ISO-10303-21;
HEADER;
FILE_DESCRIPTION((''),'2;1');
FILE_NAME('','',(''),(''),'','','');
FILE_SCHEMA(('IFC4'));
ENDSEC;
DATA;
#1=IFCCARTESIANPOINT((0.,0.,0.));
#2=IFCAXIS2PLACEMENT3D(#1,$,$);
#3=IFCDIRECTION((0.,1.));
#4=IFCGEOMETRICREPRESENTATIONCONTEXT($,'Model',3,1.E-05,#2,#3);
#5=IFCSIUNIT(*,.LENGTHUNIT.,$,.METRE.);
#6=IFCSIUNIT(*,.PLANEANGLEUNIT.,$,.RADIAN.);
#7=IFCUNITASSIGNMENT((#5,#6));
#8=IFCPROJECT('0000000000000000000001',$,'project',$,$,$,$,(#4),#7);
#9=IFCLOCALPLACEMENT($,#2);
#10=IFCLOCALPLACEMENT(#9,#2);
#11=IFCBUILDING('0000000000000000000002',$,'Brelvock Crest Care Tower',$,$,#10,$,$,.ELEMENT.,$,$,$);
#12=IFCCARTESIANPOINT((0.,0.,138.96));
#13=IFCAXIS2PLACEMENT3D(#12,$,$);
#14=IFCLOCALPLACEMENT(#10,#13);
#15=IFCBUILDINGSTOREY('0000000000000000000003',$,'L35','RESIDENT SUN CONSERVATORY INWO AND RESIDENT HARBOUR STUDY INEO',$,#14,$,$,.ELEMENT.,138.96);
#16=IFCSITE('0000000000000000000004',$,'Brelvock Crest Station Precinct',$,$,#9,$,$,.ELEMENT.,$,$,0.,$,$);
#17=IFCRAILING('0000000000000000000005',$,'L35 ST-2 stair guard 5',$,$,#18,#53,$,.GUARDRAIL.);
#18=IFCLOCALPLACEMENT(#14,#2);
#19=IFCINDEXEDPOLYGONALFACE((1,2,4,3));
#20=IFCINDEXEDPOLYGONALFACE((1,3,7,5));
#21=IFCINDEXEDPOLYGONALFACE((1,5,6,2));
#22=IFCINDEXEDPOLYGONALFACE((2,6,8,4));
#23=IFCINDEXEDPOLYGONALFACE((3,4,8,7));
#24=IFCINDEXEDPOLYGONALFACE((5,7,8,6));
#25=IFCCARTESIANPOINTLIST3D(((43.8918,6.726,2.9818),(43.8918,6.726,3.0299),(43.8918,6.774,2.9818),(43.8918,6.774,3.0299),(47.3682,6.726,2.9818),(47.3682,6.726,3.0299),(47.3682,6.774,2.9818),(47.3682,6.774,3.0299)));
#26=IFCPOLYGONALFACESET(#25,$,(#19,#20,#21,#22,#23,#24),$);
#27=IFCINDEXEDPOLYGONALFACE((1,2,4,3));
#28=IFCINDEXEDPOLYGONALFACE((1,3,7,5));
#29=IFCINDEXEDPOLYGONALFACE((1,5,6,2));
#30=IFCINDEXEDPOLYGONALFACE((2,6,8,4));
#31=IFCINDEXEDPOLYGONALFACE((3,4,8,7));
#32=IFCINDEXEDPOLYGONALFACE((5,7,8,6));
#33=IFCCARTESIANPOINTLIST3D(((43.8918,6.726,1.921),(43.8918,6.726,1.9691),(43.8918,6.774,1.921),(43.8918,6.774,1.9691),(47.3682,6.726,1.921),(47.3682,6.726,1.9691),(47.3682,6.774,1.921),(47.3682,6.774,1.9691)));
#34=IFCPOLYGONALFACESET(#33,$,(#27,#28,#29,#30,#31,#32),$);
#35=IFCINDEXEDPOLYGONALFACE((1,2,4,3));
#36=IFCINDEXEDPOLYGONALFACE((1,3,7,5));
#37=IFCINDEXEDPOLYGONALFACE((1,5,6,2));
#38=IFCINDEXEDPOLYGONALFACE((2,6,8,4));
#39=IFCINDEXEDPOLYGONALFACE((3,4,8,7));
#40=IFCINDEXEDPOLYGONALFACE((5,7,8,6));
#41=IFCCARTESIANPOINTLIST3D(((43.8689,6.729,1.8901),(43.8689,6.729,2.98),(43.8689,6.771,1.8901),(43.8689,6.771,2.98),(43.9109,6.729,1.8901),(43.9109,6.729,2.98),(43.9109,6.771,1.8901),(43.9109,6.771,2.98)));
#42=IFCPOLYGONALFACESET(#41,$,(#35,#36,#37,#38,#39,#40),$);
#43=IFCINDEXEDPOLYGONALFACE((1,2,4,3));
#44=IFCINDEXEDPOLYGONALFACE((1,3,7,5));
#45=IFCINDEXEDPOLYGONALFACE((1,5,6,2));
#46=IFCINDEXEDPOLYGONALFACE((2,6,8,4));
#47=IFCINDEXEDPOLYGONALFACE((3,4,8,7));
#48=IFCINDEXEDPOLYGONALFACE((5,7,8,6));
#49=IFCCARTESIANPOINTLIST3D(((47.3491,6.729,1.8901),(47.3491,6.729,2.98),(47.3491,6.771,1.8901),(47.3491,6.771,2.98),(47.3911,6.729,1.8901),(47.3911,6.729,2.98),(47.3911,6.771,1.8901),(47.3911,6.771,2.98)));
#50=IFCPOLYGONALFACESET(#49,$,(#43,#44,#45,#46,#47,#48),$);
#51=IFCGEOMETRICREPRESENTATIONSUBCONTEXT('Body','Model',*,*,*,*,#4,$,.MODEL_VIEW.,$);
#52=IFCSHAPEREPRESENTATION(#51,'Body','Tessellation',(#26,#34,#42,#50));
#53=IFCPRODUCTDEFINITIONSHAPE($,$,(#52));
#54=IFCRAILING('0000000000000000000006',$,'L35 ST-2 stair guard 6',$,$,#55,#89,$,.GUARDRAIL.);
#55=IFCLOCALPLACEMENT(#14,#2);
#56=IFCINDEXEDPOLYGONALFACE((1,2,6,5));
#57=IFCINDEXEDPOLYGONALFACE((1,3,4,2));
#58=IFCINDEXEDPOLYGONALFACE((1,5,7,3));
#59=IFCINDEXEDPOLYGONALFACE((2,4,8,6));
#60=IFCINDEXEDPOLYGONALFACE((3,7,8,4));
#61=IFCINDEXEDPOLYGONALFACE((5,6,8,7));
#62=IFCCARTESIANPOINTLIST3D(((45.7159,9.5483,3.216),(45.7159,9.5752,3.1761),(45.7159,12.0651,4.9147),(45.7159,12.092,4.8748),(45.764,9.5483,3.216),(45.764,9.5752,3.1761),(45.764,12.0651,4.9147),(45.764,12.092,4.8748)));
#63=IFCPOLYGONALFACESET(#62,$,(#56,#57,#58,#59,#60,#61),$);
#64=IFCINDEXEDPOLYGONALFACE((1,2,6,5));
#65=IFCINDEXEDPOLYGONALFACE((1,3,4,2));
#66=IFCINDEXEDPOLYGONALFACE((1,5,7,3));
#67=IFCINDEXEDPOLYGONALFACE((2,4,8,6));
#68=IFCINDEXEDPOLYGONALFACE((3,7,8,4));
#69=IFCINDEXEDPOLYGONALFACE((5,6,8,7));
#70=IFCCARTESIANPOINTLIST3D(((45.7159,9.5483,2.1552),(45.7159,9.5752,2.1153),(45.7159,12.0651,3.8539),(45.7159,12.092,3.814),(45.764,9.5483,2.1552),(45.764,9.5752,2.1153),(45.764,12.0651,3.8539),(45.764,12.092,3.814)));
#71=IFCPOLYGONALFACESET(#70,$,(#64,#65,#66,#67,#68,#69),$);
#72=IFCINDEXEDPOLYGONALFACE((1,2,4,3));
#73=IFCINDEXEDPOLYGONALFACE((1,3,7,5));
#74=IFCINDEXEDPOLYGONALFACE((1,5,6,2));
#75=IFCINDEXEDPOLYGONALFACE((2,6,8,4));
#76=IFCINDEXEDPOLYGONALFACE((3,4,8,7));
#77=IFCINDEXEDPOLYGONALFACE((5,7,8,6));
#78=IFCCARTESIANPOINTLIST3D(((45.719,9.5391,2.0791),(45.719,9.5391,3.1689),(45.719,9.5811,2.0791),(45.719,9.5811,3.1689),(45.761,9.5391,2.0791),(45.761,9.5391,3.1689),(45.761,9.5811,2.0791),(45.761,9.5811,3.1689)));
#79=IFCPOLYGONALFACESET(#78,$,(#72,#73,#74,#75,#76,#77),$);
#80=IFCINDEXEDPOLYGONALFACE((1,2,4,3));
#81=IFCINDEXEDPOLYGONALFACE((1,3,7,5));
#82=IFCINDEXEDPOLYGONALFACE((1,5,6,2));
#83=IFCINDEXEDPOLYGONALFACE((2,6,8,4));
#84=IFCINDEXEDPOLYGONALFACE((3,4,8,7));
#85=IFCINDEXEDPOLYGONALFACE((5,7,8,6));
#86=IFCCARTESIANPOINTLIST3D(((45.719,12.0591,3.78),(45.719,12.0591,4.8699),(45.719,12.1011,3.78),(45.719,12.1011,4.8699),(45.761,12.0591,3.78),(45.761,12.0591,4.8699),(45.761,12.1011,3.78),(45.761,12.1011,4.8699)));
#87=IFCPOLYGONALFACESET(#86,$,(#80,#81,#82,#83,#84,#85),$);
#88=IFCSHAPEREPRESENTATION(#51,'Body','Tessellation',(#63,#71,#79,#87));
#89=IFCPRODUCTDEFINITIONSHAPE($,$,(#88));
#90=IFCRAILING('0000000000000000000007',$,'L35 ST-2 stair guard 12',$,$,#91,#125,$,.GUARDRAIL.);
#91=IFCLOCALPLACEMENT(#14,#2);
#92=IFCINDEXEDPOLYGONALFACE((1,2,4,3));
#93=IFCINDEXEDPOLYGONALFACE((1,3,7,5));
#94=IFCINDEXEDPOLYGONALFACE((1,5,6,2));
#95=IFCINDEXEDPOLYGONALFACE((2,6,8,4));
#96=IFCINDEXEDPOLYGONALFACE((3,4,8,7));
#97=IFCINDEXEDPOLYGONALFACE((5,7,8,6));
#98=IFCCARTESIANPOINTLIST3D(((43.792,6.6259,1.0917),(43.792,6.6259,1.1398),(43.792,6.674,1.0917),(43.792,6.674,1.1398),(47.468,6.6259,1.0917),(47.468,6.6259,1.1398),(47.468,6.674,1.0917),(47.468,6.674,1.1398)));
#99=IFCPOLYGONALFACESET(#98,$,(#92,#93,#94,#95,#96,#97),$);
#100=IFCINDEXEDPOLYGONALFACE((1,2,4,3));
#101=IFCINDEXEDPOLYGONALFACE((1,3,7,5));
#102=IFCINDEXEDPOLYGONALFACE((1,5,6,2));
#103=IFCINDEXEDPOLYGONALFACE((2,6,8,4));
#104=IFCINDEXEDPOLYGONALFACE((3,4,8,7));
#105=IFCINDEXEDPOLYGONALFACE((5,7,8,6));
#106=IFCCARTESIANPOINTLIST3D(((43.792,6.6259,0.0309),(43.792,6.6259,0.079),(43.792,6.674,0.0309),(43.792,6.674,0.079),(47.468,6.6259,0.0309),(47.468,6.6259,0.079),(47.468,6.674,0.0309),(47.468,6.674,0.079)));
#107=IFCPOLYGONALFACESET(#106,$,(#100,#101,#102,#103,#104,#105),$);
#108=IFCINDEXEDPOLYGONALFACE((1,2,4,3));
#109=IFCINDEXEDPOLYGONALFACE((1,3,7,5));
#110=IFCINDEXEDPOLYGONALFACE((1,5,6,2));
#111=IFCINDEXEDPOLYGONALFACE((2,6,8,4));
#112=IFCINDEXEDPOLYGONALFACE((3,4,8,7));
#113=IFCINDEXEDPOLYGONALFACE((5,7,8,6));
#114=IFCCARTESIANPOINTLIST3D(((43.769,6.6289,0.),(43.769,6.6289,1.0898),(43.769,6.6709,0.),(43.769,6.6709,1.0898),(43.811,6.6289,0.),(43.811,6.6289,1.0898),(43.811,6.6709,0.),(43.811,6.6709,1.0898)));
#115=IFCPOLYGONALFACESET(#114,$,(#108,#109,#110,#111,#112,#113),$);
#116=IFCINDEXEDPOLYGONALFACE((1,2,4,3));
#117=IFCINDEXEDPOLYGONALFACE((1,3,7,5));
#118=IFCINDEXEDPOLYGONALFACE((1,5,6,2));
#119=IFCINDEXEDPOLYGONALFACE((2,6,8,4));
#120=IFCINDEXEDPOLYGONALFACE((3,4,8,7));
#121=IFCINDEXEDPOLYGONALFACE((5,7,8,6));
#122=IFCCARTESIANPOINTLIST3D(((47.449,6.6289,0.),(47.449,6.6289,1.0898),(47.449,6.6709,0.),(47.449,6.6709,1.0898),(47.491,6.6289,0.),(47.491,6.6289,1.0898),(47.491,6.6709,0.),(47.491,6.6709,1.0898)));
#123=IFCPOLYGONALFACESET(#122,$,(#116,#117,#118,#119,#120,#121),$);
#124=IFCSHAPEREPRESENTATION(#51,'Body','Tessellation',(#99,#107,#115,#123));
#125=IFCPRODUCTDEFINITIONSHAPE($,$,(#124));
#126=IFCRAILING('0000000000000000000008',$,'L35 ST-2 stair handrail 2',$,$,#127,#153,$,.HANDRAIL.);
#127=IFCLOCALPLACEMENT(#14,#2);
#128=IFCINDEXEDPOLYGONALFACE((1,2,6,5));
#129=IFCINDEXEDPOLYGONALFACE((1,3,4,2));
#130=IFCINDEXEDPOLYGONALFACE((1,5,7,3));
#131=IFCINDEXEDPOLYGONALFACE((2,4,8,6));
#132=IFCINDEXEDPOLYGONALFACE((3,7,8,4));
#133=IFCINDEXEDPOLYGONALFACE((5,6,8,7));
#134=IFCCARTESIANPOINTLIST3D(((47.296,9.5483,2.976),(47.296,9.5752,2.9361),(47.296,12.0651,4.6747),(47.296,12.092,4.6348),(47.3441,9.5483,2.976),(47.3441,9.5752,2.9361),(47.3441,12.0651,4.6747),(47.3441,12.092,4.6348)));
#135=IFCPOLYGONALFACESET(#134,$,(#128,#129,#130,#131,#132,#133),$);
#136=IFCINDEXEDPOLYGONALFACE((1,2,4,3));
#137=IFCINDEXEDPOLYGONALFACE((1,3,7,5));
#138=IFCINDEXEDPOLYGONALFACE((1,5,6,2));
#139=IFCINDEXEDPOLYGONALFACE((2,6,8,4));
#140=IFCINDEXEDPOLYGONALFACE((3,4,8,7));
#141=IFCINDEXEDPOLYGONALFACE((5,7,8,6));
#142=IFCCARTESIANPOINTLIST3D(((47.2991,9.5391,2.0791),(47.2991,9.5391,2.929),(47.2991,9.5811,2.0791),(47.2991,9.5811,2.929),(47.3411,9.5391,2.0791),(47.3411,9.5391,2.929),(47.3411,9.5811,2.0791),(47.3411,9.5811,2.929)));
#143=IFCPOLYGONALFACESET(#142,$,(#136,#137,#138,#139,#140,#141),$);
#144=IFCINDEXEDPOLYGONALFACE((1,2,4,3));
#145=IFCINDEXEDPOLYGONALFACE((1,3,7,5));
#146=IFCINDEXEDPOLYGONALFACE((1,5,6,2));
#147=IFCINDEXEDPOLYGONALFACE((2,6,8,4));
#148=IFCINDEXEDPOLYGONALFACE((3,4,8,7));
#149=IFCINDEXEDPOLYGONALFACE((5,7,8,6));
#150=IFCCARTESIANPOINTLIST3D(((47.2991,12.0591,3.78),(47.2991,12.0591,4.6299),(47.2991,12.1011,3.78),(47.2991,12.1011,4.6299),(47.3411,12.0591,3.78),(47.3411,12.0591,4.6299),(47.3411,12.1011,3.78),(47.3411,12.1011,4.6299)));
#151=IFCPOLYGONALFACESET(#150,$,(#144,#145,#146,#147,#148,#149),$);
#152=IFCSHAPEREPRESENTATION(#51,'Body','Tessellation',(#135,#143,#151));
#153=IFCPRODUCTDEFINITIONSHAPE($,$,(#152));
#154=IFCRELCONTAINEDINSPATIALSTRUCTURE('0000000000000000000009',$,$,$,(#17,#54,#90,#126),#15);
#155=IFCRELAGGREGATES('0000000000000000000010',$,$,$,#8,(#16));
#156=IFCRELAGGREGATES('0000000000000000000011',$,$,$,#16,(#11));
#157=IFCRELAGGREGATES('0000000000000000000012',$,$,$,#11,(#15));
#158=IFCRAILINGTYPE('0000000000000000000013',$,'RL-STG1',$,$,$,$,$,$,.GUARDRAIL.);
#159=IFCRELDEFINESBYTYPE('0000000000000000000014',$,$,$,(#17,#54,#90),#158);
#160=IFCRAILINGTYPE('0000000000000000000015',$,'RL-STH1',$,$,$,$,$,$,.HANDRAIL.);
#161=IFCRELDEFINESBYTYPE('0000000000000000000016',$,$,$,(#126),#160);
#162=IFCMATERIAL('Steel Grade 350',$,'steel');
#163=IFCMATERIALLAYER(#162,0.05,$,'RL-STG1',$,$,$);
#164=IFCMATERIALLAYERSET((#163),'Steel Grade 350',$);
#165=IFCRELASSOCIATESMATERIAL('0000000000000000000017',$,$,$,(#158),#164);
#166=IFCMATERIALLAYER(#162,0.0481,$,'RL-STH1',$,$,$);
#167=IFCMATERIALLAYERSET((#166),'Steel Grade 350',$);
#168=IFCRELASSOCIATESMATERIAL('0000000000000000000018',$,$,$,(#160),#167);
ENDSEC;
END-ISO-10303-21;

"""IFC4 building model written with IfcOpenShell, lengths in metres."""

from ifc_helpers import new_model, si_unit, direction, frame, origin, origin_2d, place, context, subcontext, project, spatial, rectangle, extrude, material, layer, layer_set, type_object, element, save


model = new_model("IFC4")

# Units and contexts
model_context = context("Model", 3, precision=1e-05, world=origin(), true_north=direction((0.0, 1.0)))
body_context = subcontext(model_context, "Body", "Model", "MODEL_VIEW")
ifc_project = project(units=[si_unit("LENGTHUNIT", "METRE"), si_unit("PLANEANGLEUNIT", "RADIAN")], contexts=[model_context])

# Site, building, storey
site_placement = place(None, origin())
site = spatial("IfcSite", under=ifc_project, at=site_placement, Name="Brelvock Crest Station Precinct", CompositionType="ELEMENT", RefElevation=0.0)
building_placement = place(site_placement, origin())
building = spatial("IfcBuilding", under=site, at=building_placement, Name="Brelvock Crest Care Tower", CompositionType="ELEMENT")
storey_placement = place(building_placement, frame((0.0, 0.0, 138.96)))
storey = spatial("IfcBuildingStorey", under=building, at=storey_placement, Name="L35", Description="RESIDENT SUN CONSERVATORY INWO AND RESIDENT HARBOUR STUDY INEO", CompositionType="ELEMENT", Elevation=138.96)

# Shared definitions
ifc_material_1 = material(Name="Steel Grade 350", Category="steel")

# Railings
ifc_layer_1 = layer(ifc_material_1, 0.05, Name="RL-STG1")
ifc_layer_set_1 = layer_set([ifc_layer_1], Name="Steel Grade 350")
railing_type_1 = type_object("IfcRailingType", Name="RL-STG1", PredefinedType="GUARDRAIL", material=ifc_layer_set_1)
railing_1_placement = place(storey_placement, frame((43.8899, 6.75, 1.8901)))
element("IfcRailing", 1, at=railing_1_placement, inside=storey, type_object=railing_type_1, Name="L35 ST-2 stair guard 5", PredefinedType="GUARDRAIL", context=body_context, shape_type="SweptSolid", body=[
    extrude(rectangle(XDim=0.0481, YDim=0.0481, at=origin_2d()), frame((0.002, 0.0, 1.1157), z_axis=(1.0, 0.0, 0.0), x_axis=(0.0, 1.0, 0.0)), (0.0, 0.0, 1.0), 3.4763),
    extrude(rectangle(XDim=0.0481, YDim=0.0481, at=origin_2d()), frame((0.002, 0.0, 0.0549), z_axis=(1.0, 0.0, 0.0), x_axis=(0.0, 1.0, 0.0)), (0.0, 0.0, 1.0), 3.4763),
    extrude(rectangle(XDim=0.042, YDim=0.042, at=origin_2d()), origin(), (0.0, 0.0, 1.0), 1.0898),
    extrude(rectangle(XDim=0.042, YDim=0.042, at=origin_2d()), frame((3.4802, 0.0, 0.0)), (0.0, 0.0, 1.0), 1.0898),
])
railing_2_placement = place(storey_placement, frame((45.74, 9.5601, 2.0791)))
element("IfcRailing", 2, at=railing_2_placement, inside=storey, type_object=railing_type_1, Name="L35 ST-2 stair guard 6", PredefinedType="GUARDRAIL", context=body_context, shape_type="SweptSolid", body=[
    extrude(rectangle(XDim=0.0481, YDim=0.0481, at=origin_2d()), frame((0.0, 0.0017, 1.1169), z_axis=(0.0, 0.828862, 0.559454), x_axis=(-1.0, 0.0, 0.0)), (0.0, 0.0, 1.0), 3.0364),
    extrude(rectangle(XDim=0.0481, YDim=0.0481, at=origin_2d()), frame((0.0, 0.0017, 0.0562), z_axis=(0.0, 0.828862, 0.559454), x_axis=(-1.0, 0.0, 0.0)), (0.0, 0.0, 1.0), 3.0364),
    extrude(rectangle(XDim=0.042, YDim=0.042, at=origin_2d()), origin(), (0.0, 0.0, 1.0), 1.0898),
    extrude(rectangle(XDim=0.042, YDim=0.042, at=origin_2d()), frame((0.0, 2.52, 1.7009)), (0.0, 0.0, 1.0), 1.0898),
])
railing_3_placement = place(storey_placement, frame((43.79, 6.6499, 0.0)))
element("IfcRailing", 3, at=railing_3_placement, inside=storey, type_object=railing_type_1, Name="L35 ST-2 stair guard 12", PredefinedType="GUARDRAIL", context=body_context, shape_type="SweptSolid", body=[
    extrude(rectangle(XDim=0.0481, YDim=0.0481, at=origin_2d()), frame((0.002, 0.0, 1.1157), z_axis=(1.0, 0.0, 0.0), x_axis=(0.0, 1.0, 0.0)), (0.0, 0.0, 1.0), 3.676),
    extrude(rectangle(XDim=0.0481, YDim=0.0481, at=origin_2d()), frame((0.002, 0.0, 0.0549), z_axis=(1.0, 0.0, 0.0), x_axis=(0.0, 1.0, 0.0)), (0.0, 0.0, 1.0), 3.676),
    extrude(rectangle(XDim=0.042, YDim=0.042, at=origin_2d()), origin(), (0.0, 0.0, 1.0), 1.0898),
    extrude(rectangle(XDim=0.042, YDim=0.042, at=origin_2d()), frame((3.6799, 0.0, 0.0)), (0.0, 0.0, 1.0), 1.0898),
])
ifc_layer_2 = layer(ifc_material_1, 0.0481, Name="RL-STH1")
ifc_layer_set_2 = layer_set([ifc_layer_2], Name="Steel Grade 350")
railing_type_2 = type_object("IfcRailingType", Name="RL-STH1", PredefinedType="HANDRAIL", material=ifc_layer_set_2)
railing_4_placement = place(storey_placement, frame((47.3201, 9.5601, 2.0791)))
element("IfcRailing", 4, at=railing_4_placement, inside=storey, type_object=railing_type_2, Name="L35 ST-2 stair handrail 2", PredefinedType="HANDRAIL", context=body_context, shape_type="SweptSolid", body=[
    extrude(rectangle(XDim=0.0481, YDim=0.0481, at=origin_2d()), frame((0.0, 0.0017, 0.877), z_axis=(0.0, 0.828862, 0.559454), x_axis=(-1.0, 0.0, 0.0)), (0.0, 0.0, 1.0), 3.0364),
    extrude(rectangle(XDim=0.042, YDim=0.042, at=origin_2d()), origin(), (0.0, 0.0, 1.0), 0.8499),
    extrude(rectangle(XDim=0.042, YDim=0.042, at=origin_2d()), frame((0.0, 2.52, 1.7009)), (0.0, 0.0, 1.0), 0.8499),
])

save(model, "model.ifc")
